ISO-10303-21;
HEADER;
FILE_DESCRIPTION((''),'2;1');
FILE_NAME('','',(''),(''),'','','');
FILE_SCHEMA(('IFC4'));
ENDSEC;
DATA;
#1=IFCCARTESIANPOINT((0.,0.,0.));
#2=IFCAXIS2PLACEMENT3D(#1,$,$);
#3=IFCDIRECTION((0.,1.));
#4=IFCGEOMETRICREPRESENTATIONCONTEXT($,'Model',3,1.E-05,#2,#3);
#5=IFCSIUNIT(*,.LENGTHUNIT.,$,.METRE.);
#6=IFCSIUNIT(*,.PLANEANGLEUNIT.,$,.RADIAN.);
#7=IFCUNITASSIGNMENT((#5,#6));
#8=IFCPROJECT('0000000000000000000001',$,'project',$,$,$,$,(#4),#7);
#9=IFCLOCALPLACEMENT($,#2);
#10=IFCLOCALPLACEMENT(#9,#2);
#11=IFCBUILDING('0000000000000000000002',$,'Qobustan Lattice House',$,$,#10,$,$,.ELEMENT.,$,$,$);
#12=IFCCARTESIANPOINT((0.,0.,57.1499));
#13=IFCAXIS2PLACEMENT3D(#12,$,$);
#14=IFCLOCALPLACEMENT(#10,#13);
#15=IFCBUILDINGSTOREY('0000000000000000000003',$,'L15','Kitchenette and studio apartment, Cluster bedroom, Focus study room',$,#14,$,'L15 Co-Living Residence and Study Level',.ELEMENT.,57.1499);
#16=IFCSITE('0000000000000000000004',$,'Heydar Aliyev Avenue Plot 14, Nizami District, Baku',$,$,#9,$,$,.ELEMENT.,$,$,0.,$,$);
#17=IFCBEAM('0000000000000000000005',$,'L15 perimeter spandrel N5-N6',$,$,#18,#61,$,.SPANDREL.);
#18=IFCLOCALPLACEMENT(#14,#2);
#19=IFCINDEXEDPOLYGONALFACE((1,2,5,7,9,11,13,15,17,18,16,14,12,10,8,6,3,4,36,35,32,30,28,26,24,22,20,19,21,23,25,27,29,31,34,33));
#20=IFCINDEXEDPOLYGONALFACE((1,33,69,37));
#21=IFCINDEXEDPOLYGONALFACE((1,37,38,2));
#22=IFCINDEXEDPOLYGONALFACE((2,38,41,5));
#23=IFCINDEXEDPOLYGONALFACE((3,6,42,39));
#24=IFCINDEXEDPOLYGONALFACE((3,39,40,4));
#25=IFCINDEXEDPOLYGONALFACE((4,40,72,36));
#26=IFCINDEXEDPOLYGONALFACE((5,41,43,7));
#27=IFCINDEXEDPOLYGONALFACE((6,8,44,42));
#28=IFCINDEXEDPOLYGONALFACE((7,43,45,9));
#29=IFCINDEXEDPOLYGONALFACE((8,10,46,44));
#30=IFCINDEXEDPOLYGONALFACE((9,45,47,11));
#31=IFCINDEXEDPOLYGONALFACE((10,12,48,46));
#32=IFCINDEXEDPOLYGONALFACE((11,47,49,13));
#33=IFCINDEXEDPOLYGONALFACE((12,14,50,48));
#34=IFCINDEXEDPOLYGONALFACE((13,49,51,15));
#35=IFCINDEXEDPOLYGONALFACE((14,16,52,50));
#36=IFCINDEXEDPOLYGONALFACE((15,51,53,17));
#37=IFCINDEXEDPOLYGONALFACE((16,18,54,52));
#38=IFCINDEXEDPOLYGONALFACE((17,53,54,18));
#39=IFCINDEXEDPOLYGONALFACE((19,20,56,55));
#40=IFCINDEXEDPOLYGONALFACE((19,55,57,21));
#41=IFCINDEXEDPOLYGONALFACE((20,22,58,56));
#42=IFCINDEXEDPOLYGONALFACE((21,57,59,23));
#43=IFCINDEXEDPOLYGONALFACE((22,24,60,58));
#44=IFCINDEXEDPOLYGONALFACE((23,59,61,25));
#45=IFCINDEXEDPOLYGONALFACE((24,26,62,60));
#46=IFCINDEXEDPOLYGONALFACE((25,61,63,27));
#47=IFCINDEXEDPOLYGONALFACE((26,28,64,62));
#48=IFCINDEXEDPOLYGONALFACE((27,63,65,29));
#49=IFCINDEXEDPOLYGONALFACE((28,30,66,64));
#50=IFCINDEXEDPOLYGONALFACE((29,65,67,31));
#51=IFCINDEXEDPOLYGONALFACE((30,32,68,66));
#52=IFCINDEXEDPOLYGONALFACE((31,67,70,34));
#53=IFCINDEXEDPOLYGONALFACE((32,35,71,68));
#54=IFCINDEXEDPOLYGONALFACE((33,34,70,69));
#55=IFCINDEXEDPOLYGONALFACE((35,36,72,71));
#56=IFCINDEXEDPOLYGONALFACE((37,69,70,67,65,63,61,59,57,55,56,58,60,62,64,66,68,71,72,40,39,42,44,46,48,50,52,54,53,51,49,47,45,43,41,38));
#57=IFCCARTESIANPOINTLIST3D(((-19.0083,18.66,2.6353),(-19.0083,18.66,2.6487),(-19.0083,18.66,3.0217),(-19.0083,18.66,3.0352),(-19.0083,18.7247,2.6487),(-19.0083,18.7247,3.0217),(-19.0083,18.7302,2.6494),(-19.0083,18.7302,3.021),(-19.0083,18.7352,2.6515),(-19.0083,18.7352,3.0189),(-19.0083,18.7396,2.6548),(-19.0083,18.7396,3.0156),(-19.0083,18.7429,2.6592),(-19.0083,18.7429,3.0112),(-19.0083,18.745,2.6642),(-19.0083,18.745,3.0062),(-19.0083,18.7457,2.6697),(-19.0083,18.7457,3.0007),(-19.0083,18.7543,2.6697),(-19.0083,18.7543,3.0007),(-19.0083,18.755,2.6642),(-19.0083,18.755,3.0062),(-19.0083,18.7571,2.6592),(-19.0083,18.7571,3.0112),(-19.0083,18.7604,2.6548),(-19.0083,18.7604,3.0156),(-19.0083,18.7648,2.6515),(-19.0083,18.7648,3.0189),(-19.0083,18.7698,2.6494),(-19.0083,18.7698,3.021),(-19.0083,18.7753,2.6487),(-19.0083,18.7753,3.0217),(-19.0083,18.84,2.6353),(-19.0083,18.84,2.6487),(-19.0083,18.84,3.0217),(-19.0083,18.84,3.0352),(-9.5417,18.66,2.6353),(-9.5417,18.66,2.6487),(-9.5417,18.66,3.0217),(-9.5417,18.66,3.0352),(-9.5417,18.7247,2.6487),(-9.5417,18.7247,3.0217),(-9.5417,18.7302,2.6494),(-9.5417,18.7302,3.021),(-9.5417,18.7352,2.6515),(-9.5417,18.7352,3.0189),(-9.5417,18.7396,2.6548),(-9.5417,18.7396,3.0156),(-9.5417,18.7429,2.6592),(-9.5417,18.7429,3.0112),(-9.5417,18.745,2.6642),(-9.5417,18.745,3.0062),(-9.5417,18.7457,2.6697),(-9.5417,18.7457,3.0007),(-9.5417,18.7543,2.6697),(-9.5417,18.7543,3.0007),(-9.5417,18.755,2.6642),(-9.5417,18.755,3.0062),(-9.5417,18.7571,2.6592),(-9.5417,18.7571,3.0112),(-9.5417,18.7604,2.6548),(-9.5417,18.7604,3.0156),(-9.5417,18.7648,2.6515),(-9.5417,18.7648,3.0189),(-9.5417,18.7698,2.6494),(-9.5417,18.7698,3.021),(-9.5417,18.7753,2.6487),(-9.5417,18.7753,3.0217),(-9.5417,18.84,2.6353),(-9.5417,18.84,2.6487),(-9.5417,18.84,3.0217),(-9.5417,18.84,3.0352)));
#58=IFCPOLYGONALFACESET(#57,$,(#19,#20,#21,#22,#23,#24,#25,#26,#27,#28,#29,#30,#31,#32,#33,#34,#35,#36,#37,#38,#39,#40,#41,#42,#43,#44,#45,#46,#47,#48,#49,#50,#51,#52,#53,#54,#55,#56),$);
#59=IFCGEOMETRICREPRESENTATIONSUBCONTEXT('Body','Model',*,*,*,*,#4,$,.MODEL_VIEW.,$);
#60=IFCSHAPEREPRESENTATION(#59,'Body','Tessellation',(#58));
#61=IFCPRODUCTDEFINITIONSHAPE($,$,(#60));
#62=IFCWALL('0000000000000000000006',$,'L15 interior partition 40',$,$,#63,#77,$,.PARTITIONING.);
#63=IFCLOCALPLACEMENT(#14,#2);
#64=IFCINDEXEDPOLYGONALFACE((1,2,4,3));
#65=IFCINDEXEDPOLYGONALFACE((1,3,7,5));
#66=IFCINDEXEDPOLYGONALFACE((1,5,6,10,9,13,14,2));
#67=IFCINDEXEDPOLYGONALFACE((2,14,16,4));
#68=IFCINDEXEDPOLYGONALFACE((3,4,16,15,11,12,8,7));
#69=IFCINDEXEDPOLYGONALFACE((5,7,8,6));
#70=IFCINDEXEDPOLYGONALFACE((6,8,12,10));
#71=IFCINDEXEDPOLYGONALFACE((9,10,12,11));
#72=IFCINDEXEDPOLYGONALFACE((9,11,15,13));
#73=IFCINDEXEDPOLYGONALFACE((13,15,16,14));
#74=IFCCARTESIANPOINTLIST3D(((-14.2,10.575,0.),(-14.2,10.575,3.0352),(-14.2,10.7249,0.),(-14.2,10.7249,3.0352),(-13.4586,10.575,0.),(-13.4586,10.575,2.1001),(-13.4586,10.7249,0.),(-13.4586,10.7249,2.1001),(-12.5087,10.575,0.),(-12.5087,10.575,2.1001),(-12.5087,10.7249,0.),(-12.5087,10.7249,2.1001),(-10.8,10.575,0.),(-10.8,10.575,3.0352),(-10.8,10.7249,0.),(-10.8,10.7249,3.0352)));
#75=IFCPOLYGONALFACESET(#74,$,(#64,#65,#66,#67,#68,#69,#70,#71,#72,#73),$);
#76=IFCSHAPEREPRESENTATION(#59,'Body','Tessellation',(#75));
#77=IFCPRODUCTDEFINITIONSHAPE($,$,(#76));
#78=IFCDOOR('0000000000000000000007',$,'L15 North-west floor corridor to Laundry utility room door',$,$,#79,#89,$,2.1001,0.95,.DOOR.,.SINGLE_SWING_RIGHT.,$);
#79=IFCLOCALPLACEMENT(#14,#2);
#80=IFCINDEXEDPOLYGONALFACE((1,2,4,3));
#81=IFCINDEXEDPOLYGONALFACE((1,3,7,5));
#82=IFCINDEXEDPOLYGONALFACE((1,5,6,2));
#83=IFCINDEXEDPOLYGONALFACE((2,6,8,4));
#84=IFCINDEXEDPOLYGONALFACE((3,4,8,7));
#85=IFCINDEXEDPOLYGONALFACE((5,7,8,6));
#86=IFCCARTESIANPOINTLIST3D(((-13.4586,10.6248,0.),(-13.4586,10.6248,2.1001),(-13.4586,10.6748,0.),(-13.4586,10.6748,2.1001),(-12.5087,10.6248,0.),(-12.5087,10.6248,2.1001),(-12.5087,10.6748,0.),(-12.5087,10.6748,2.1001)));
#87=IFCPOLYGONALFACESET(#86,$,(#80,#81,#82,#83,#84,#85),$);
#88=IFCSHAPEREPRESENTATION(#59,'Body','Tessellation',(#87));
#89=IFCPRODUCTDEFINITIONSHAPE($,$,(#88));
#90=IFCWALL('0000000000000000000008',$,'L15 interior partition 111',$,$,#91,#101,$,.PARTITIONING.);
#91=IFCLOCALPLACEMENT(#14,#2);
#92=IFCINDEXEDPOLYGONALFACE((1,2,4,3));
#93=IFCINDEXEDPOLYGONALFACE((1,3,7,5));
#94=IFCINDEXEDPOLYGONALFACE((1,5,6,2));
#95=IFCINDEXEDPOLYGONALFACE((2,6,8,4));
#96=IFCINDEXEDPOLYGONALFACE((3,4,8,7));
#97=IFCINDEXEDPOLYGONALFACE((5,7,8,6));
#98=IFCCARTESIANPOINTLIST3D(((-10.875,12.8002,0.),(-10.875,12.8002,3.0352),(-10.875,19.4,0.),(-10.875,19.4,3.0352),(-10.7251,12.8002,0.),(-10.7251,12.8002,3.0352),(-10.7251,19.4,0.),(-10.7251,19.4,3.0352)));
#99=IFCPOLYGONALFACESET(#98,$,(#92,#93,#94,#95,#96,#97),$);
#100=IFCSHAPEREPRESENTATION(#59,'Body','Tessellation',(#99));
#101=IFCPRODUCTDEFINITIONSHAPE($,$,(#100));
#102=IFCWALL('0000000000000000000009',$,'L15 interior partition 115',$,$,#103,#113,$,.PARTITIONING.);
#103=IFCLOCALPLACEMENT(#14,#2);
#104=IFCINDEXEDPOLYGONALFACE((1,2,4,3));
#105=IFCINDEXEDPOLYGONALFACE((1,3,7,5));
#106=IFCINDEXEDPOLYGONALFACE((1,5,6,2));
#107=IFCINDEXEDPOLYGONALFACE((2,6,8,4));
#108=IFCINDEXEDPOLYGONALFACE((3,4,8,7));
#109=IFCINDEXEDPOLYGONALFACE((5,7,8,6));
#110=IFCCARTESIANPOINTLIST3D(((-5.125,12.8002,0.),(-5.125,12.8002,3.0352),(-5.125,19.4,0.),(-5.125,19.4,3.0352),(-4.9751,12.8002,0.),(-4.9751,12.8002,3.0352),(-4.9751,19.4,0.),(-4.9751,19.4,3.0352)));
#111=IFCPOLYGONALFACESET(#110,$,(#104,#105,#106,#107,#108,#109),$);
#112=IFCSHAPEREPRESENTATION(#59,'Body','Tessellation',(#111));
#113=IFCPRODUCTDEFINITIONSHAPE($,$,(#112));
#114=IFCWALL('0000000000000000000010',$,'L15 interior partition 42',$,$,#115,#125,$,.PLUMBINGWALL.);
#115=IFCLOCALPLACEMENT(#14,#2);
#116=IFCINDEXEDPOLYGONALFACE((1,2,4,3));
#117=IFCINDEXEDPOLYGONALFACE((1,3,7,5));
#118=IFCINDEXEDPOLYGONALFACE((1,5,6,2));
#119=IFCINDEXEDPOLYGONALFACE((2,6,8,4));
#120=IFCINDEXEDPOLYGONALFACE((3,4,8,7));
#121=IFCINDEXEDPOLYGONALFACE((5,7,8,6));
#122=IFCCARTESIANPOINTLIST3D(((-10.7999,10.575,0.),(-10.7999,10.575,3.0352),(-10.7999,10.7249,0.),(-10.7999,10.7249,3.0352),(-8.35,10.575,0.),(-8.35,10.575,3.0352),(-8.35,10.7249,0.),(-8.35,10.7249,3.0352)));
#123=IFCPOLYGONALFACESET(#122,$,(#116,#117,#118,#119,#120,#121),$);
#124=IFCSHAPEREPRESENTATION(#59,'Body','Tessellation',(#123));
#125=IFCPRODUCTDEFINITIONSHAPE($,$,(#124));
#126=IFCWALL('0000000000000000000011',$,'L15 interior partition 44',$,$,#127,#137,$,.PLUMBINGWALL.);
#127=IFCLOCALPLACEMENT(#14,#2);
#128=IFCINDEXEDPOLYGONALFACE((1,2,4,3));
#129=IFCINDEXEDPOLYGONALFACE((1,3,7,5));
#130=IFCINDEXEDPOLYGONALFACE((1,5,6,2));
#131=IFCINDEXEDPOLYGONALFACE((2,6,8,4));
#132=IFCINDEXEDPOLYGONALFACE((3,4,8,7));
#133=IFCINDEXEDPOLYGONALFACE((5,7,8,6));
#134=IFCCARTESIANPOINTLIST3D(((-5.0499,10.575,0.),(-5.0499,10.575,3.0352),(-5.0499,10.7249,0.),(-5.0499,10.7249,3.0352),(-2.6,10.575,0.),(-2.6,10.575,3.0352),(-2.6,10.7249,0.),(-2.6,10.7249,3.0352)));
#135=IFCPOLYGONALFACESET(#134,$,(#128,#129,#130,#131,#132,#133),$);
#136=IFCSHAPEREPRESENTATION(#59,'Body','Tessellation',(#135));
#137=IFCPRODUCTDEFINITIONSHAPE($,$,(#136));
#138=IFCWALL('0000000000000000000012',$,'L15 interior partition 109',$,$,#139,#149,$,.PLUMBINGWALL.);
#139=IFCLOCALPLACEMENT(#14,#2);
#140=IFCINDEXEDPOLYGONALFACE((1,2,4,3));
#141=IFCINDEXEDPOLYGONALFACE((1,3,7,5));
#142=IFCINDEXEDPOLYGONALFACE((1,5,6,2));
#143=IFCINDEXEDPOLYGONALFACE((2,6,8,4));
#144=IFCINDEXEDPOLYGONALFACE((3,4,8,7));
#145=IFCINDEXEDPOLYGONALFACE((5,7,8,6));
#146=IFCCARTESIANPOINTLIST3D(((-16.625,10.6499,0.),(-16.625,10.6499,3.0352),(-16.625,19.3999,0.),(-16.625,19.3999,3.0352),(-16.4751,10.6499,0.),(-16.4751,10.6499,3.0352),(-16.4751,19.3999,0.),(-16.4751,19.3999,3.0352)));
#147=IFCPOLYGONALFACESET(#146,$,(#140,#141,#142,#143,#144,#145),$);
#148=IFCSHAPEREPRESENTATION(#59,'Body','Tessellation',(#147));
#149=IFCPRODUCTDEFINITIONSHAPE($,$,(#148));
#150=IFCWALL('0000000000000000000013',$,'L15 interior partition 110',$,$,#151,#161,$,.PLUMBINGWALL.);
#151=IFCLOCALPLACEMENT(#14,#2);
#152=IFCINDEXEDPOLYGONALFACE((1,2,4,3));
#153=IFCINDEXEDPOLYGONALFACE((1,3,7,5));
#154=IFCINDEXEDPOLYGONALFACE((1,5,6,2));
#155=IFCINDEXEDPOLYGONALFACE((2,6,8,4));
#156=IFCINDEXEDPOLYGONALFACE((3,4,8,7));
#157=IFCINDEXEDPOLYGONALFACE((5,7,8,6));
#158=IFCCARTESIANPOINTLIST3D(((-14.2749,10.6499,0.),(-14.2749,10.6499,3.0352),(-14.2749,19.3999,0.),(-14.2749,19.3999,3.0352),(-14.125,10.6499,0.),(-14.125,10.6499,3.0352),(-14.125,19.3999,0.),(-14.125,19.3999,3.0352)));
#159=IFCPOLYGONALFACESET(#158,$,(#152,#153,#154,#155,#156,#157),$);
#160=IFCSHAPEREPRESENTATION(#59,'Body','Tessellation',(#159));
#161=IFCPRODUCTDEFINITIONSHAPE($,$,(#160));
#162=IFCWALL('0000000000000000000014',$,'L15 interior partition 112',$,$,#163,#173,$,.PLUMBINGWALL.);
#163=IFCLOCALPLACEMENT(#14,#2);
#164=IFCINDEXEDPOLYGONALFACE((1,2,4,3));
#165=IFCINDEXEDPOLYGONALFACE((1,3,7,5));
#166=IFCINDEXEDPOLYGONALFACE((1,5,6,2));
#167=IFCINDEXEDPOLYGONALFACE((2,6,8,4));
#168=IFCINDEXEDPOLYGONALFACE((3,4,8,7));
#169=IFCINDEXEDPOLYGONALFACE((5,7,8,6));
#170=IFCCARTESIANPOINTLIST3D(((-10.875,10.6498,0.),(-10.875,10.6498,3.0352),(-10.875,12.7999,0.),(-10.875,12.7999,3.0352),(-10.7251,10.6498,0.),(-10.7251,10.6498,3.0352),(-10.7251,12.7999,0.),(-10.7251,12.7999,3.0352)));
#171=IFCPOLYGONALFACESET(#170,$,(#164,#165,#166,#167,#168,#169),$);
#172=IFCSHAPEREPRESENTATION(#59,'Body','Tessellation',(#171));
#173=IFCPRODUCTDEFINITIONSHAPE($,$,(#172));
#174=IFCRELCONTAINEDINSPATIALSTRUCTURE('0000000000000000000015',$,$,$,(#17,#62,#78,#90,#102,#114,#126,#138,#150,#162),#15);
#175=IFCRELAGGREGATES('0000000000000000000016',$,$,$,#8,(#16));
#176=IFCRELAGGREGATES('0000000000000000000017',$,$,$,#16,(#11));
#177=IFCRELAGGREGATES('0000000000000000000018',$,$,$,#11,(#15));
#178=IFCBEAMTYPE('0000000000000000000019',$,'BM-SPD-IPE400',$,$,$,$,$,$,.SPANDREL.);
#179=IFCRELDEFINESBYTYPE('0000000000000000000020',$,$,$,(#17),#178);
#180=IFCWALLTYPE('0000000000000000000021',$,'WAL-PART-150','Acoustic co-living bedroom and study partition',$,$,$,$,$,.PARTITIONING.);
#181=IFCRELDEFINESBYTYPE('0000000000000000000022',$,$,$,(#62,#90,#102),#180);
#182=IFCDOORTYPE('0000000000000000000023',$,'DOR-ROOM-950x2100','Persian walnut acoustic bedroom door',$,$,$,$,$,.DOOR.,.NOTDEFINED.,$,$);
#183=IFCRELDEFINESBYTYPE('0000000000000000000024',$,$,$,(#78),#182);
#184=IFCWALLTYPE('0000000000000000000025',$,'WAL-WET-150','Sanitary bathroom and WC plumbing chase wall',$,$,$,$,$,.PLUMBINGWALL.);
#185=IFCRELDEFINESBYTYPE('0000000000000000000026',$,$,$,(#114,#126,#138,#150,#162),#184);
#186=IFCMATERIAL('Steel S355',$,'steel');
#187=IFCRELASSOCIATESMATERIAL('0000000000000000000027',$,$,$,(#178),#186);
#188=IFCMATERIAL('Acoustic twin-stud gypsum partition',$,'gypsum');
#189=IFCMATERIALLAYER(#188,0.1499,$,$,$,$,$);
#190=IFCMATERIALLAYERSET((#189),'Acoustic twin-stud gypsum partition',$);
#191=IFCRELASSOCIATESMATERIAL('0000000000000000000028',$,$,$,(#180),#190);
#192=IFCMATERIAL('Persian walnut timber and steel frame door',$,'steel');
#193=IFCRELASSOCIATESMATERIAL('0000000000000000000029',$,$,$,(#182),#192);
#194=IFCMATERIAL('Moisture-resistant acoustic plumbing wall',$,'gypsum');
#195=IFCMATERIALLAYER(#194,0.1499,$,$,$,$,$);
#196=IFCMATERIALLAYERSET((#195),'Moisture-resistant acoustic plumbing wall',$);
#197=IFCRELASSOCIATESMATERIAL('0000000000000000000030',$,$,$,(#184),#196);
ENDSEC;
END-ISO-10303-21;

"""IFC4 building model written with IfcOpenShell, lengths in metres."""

from ifc_helpers import new_model, si_unit, direction, frame, frame_2d, origin, origin_2d, place, context, subcontext, project, spatial, rectangle, i_section, extrude, material, layer, layer_set, material_profile, profile_set, type_object, element, fill, save


model = new_model("IFC4")

# Units and contexts
model_context = context("Model", 3, precision=1e-05, world=origin(), true_north=direction((0.0, 1.0)))
body_context = subcontext(model_context, "Body", "Model", "MODEL_VIEW")
ifc_project = project(units=[si_unit("LENGTHUNIT", "METRE"), si_unit("PLANEANGLEUNIT", "RADIAN")], contexts=[model_context])

# Site, building, storey
site_placement = place(None, origin())
site = spatial("IfcSite", under=ifc_project, at=site_placement, Name="Heydar Aliyev Avenue Plot 14, Nizami District, Baku", CompositionType="ELEMENT", RefElevation=0.0)
building_placement = place(site_placement, origin())
building = spatial("IfcBuilding", under=site, at=building_placement, Name="Qobustan Lattice House", CompositionType="ELEMENT")
storey_placement = place(building_placement, frame((0.0, 0.0, 57.1499)))
storey = spatial("IfcBuildingStorey", under=building, at=storey_placement, Name="L15", Description="Kitchenette and studio apartment, Cluster bedroom, Focus study room", LongName="L15 Co-Living Residence and Study Level", CompositionType="ELEMENT", Elevation=57.1499)

# Beam
ifc_material_1 = material(Name="Steel S355", Category="steel")
ifc_material_profile_1 = material_profile(ifc_material_1, i_section(OverallWidth=0.1799, OverallDepth=0.3999, WebThickness=0.0085, FlangeThickness=0.0134, FilletRadius=0.021, at=origin_2d()), Name="IPE400")
ifc_profile_set_1 = profile_set([ifc_material_profile_1], Name="Steel S355")
beam_type_1 = type_object("IfcBeamType", Name="BM-SPD-IPE400", PredefinedType="SPANDREL", material=ifc_profile_set_1)
beam_1_placement = place(storey_placement, frame((-9.5417, 18.75, 2.8352), z_axis=(-1.0, 0.0, 0.0), x_axis=(0.0, -1.0, 0.0)))
element("IfcBeam", 1, at=beam_1_placement, inside=storey, type_object=beam_type_1, Name="L15 perimeter spandrel N5-N6", PredefinedType="SPANDREL", context=body_context, shape_type="SweptSolid", body=[
    extrude(i_section(OverallWidth=0.1799, OverallDepth=0.3999, WebThickness=0.0085, FlangeThickness=0.0134, FilletRadius=0.021, at=origin_2d()), origin(), (0.0, 0.0, 1.0), 9.4666),
])

# Wall, opening, door
ifc_material_2 = material(Name="Acoustic twin-stud gypsum partition", Category="gypsum")
ifc_layer_1 = layer(ifc_material_2, 0.1499)
ifc_layer_set_1 = layer_set([ifc_layer_1], Name="Acoustic twin-stud gypsum partition")
wall_type_1 = type_object("IfcWallType", Name="WAL-PART-150", Description="Acoustic co-living bedroom and study partition", PredefinedType="PARTITIONING", material=ifc_layer_set_1)
wall_1_placement = place(storey_placement, frame((-14.2, 10.6499, 0.0), z_axis=(0.0, 0.0, 1.0), x_axis=(1.0, 0.0, 0.0)))
wall_1 = element("IfcWall", 2, at=wall_1_placement, inside=storey, type_object=wall_type_1, Name="L15 interior partition 40", PredefinedType="PARTITIONING", context=body_context, shape_type="SweptSolid", body=[
    extrude(rectangle(XDim=3.3999, YDim=0.1499, at=frame_2d((1.7, 0.0))), origin(), (0.0, 0.0, 1.0), 3.0352),
])
opening_1_placement = place(wall_1_placement, frame((0.7412, 0.0, 0.0)))
opening_1 = element("IfcOpeningElement", 3, at=opening_1_placement, cuts=wall_1, PredefinedType="OPENING", context=body_context, shape_type="SweptSolid", body=[
    extrude(rectangle(XDim=0.95, YDim=2.1001, at=frame_2d((0.4751, 1.05))), frame((0.0, 0.085, 0.0), z_axis=(0.0, -1.0, 0.0), x_axis=(1.0, 0.0, 0.0)), (0.0, 0.0, 1.0), 0.1699),
])
ifc_material_3 = material(Name="Persian walnut timber and steel frame door", Category="steel")
door_type_1 = type_object("IfcDoorType", Name="DOR-ROOM-950x2100", Description="Persian walnut acoustic bedroom door", OperationType="NOTDEFINED", PredefinedType="DOOR", material=ifc_material_3)
door_1_placement = place(opening_1_placement, origin())
door_1 = element("IfcDoor", 4, at=door_1_placement, inside=storey, type_object=door_type_1, Name="L15 North-west floor corridor to Laundry utility room door", OperationType="SINGLE_SWING_RIGHT", OverallHeight=2.1001, OverallWidth=0.95, PredefinedType="DOOR", context=body_context, shape_type="SweptSolid", body=[
    extrude(rectangle(XDim=0.95, YDim=2.1001, at=frame_2d((0.4751, 1.05))), frame((0.0, 0.0249, 0.0), z_axis=(0.0, -1.0, 0.0), x_axis=(1.0, 0.0, 0.0)), (0.0, 0.0, 1.0), 0.05),
])
fill(opening_1, door_1)

# Walls
for number, where, z_axis, x_axis, name in (
    (5, (-10.8, 19.3999, 0.0), (0.0, 0.0, 1.0), (0.0, -1.0, 0.0), "L15 interior partition 111"),
    (6, (-5.05, 19.3999, 0.0), (0.0, 0.0, 1.0), (0.0, -1.0, 0.0), "L15 interior partition 115"),
):
    element("IfcWall", number, at=place(storey_placement, frame(where, z_axis=z_axis, x_axis=x_axis)), inside=storey, type_object=wall_type_1, Name=name, PredefinedType="PARTITIONING", context=body_context, shape_type="SweptSolid", body=[
        extrude(rectangle(XDim=6.5999, YDim=0.1499, at=frame_2d((3.2998, 0.0))), origin(), (0.0, 0.0, 1.0), 3.0352),
    ])
ifc_material_4 = material(Name="Moisture-resistant acoustic plumbing wall", Category="gypsum")
ifc_layer_2 = layer(ifc_material_4, 0.1499)
ifc_layer_set_2 = layer_set([ifc_layer_2], Name="Moisture-resistant acoustic plumbing wall")
wall_type_2 = type_object("IfcWallType", Name="WAL-WET-150", Description="Sanitary bathroom and WC plumbing chase wall", PredefinedType="PLUMBINGWALL", material=ifc_layer_set_2)
for number, where, z_axis, x_axis, name in (
    (7, (-10.8, 10.6499, 0.0), (0.0, 0.0, 1.0), (1.0, 0.0, 0.0), "L15 interior partition 42"),
    (8, (-5.05, 10.6499, 0.0), (0.0, 0.0, 1.0), (1.0, 0.0, 0.0), "L15 interior partition 44"),
):
    element("IfcWall", number, at=place(storey_placement, frame(where, z_axis=z_axis, x_axis=x_axis)), inside=storey, type_object=wall_type_2, Name=name, PredefinedType="PLUMBINGWALL", context=body_context, shape_type="SweptSolid", body=[
        extrude(rectangle(XDim=2.45, YDim=0.1499, at=frame_2d((1.2251, 0.0))), origin(), (0.0, 0.0, 1.0), 3.0352),
    ])
for number, where, z_axis, x_axis, name in (
    (9, (-16.55, 19.3999, 0.0), (0.0, 0.0, 1.0), (0.0, -1.0, 0.0), "L15 interior partition 109"),
    (10, (-14.2, 19.3999, 0.0), (0.0, 0.0, 1.0), (0.0, -1.0, 0.0), "L15 interior partition 110"),
):
    element("IfcWall", number, at=place(storey_placement, frame(where, z_axis=z_axis, x_axis=x_axis)), inside=storey, type_object=wall_type_2, Name=name, PredefinedType="PLUMBINGWALL", context=body_context, shape_type="SweptSolid", body=[
        extrude(rectangle(XDim=8.75, YDim=0.1499, at=frame_2d((4.375, 0.0))), origin(), (0.0, 0.0, 1.0), 3.0352),
    ])
wall_2_placement = place(storey_placement, frame((-10.8, 12.8, 0.0), z_axis=(0.0, 0.0, 1.0), x_axis=(0.0, -1.0, 0.0)))
element("IfcWall", 11, at=wall_2_placement, inside=storey, type_object=wall_type_2, Name="L15 interior partition 112", PredefinedType="PLUMBINGWALL", context=body_context, shape_type="SweptSolid", body=[
    extrude(rectangle(XDim=2.1501, YDim=0.1499, at=frame_2d((1.0752, 0.0))), origin(), (0.0, 0.0, 1.0), 3.0352),
])

save(model, "model.ifc")
